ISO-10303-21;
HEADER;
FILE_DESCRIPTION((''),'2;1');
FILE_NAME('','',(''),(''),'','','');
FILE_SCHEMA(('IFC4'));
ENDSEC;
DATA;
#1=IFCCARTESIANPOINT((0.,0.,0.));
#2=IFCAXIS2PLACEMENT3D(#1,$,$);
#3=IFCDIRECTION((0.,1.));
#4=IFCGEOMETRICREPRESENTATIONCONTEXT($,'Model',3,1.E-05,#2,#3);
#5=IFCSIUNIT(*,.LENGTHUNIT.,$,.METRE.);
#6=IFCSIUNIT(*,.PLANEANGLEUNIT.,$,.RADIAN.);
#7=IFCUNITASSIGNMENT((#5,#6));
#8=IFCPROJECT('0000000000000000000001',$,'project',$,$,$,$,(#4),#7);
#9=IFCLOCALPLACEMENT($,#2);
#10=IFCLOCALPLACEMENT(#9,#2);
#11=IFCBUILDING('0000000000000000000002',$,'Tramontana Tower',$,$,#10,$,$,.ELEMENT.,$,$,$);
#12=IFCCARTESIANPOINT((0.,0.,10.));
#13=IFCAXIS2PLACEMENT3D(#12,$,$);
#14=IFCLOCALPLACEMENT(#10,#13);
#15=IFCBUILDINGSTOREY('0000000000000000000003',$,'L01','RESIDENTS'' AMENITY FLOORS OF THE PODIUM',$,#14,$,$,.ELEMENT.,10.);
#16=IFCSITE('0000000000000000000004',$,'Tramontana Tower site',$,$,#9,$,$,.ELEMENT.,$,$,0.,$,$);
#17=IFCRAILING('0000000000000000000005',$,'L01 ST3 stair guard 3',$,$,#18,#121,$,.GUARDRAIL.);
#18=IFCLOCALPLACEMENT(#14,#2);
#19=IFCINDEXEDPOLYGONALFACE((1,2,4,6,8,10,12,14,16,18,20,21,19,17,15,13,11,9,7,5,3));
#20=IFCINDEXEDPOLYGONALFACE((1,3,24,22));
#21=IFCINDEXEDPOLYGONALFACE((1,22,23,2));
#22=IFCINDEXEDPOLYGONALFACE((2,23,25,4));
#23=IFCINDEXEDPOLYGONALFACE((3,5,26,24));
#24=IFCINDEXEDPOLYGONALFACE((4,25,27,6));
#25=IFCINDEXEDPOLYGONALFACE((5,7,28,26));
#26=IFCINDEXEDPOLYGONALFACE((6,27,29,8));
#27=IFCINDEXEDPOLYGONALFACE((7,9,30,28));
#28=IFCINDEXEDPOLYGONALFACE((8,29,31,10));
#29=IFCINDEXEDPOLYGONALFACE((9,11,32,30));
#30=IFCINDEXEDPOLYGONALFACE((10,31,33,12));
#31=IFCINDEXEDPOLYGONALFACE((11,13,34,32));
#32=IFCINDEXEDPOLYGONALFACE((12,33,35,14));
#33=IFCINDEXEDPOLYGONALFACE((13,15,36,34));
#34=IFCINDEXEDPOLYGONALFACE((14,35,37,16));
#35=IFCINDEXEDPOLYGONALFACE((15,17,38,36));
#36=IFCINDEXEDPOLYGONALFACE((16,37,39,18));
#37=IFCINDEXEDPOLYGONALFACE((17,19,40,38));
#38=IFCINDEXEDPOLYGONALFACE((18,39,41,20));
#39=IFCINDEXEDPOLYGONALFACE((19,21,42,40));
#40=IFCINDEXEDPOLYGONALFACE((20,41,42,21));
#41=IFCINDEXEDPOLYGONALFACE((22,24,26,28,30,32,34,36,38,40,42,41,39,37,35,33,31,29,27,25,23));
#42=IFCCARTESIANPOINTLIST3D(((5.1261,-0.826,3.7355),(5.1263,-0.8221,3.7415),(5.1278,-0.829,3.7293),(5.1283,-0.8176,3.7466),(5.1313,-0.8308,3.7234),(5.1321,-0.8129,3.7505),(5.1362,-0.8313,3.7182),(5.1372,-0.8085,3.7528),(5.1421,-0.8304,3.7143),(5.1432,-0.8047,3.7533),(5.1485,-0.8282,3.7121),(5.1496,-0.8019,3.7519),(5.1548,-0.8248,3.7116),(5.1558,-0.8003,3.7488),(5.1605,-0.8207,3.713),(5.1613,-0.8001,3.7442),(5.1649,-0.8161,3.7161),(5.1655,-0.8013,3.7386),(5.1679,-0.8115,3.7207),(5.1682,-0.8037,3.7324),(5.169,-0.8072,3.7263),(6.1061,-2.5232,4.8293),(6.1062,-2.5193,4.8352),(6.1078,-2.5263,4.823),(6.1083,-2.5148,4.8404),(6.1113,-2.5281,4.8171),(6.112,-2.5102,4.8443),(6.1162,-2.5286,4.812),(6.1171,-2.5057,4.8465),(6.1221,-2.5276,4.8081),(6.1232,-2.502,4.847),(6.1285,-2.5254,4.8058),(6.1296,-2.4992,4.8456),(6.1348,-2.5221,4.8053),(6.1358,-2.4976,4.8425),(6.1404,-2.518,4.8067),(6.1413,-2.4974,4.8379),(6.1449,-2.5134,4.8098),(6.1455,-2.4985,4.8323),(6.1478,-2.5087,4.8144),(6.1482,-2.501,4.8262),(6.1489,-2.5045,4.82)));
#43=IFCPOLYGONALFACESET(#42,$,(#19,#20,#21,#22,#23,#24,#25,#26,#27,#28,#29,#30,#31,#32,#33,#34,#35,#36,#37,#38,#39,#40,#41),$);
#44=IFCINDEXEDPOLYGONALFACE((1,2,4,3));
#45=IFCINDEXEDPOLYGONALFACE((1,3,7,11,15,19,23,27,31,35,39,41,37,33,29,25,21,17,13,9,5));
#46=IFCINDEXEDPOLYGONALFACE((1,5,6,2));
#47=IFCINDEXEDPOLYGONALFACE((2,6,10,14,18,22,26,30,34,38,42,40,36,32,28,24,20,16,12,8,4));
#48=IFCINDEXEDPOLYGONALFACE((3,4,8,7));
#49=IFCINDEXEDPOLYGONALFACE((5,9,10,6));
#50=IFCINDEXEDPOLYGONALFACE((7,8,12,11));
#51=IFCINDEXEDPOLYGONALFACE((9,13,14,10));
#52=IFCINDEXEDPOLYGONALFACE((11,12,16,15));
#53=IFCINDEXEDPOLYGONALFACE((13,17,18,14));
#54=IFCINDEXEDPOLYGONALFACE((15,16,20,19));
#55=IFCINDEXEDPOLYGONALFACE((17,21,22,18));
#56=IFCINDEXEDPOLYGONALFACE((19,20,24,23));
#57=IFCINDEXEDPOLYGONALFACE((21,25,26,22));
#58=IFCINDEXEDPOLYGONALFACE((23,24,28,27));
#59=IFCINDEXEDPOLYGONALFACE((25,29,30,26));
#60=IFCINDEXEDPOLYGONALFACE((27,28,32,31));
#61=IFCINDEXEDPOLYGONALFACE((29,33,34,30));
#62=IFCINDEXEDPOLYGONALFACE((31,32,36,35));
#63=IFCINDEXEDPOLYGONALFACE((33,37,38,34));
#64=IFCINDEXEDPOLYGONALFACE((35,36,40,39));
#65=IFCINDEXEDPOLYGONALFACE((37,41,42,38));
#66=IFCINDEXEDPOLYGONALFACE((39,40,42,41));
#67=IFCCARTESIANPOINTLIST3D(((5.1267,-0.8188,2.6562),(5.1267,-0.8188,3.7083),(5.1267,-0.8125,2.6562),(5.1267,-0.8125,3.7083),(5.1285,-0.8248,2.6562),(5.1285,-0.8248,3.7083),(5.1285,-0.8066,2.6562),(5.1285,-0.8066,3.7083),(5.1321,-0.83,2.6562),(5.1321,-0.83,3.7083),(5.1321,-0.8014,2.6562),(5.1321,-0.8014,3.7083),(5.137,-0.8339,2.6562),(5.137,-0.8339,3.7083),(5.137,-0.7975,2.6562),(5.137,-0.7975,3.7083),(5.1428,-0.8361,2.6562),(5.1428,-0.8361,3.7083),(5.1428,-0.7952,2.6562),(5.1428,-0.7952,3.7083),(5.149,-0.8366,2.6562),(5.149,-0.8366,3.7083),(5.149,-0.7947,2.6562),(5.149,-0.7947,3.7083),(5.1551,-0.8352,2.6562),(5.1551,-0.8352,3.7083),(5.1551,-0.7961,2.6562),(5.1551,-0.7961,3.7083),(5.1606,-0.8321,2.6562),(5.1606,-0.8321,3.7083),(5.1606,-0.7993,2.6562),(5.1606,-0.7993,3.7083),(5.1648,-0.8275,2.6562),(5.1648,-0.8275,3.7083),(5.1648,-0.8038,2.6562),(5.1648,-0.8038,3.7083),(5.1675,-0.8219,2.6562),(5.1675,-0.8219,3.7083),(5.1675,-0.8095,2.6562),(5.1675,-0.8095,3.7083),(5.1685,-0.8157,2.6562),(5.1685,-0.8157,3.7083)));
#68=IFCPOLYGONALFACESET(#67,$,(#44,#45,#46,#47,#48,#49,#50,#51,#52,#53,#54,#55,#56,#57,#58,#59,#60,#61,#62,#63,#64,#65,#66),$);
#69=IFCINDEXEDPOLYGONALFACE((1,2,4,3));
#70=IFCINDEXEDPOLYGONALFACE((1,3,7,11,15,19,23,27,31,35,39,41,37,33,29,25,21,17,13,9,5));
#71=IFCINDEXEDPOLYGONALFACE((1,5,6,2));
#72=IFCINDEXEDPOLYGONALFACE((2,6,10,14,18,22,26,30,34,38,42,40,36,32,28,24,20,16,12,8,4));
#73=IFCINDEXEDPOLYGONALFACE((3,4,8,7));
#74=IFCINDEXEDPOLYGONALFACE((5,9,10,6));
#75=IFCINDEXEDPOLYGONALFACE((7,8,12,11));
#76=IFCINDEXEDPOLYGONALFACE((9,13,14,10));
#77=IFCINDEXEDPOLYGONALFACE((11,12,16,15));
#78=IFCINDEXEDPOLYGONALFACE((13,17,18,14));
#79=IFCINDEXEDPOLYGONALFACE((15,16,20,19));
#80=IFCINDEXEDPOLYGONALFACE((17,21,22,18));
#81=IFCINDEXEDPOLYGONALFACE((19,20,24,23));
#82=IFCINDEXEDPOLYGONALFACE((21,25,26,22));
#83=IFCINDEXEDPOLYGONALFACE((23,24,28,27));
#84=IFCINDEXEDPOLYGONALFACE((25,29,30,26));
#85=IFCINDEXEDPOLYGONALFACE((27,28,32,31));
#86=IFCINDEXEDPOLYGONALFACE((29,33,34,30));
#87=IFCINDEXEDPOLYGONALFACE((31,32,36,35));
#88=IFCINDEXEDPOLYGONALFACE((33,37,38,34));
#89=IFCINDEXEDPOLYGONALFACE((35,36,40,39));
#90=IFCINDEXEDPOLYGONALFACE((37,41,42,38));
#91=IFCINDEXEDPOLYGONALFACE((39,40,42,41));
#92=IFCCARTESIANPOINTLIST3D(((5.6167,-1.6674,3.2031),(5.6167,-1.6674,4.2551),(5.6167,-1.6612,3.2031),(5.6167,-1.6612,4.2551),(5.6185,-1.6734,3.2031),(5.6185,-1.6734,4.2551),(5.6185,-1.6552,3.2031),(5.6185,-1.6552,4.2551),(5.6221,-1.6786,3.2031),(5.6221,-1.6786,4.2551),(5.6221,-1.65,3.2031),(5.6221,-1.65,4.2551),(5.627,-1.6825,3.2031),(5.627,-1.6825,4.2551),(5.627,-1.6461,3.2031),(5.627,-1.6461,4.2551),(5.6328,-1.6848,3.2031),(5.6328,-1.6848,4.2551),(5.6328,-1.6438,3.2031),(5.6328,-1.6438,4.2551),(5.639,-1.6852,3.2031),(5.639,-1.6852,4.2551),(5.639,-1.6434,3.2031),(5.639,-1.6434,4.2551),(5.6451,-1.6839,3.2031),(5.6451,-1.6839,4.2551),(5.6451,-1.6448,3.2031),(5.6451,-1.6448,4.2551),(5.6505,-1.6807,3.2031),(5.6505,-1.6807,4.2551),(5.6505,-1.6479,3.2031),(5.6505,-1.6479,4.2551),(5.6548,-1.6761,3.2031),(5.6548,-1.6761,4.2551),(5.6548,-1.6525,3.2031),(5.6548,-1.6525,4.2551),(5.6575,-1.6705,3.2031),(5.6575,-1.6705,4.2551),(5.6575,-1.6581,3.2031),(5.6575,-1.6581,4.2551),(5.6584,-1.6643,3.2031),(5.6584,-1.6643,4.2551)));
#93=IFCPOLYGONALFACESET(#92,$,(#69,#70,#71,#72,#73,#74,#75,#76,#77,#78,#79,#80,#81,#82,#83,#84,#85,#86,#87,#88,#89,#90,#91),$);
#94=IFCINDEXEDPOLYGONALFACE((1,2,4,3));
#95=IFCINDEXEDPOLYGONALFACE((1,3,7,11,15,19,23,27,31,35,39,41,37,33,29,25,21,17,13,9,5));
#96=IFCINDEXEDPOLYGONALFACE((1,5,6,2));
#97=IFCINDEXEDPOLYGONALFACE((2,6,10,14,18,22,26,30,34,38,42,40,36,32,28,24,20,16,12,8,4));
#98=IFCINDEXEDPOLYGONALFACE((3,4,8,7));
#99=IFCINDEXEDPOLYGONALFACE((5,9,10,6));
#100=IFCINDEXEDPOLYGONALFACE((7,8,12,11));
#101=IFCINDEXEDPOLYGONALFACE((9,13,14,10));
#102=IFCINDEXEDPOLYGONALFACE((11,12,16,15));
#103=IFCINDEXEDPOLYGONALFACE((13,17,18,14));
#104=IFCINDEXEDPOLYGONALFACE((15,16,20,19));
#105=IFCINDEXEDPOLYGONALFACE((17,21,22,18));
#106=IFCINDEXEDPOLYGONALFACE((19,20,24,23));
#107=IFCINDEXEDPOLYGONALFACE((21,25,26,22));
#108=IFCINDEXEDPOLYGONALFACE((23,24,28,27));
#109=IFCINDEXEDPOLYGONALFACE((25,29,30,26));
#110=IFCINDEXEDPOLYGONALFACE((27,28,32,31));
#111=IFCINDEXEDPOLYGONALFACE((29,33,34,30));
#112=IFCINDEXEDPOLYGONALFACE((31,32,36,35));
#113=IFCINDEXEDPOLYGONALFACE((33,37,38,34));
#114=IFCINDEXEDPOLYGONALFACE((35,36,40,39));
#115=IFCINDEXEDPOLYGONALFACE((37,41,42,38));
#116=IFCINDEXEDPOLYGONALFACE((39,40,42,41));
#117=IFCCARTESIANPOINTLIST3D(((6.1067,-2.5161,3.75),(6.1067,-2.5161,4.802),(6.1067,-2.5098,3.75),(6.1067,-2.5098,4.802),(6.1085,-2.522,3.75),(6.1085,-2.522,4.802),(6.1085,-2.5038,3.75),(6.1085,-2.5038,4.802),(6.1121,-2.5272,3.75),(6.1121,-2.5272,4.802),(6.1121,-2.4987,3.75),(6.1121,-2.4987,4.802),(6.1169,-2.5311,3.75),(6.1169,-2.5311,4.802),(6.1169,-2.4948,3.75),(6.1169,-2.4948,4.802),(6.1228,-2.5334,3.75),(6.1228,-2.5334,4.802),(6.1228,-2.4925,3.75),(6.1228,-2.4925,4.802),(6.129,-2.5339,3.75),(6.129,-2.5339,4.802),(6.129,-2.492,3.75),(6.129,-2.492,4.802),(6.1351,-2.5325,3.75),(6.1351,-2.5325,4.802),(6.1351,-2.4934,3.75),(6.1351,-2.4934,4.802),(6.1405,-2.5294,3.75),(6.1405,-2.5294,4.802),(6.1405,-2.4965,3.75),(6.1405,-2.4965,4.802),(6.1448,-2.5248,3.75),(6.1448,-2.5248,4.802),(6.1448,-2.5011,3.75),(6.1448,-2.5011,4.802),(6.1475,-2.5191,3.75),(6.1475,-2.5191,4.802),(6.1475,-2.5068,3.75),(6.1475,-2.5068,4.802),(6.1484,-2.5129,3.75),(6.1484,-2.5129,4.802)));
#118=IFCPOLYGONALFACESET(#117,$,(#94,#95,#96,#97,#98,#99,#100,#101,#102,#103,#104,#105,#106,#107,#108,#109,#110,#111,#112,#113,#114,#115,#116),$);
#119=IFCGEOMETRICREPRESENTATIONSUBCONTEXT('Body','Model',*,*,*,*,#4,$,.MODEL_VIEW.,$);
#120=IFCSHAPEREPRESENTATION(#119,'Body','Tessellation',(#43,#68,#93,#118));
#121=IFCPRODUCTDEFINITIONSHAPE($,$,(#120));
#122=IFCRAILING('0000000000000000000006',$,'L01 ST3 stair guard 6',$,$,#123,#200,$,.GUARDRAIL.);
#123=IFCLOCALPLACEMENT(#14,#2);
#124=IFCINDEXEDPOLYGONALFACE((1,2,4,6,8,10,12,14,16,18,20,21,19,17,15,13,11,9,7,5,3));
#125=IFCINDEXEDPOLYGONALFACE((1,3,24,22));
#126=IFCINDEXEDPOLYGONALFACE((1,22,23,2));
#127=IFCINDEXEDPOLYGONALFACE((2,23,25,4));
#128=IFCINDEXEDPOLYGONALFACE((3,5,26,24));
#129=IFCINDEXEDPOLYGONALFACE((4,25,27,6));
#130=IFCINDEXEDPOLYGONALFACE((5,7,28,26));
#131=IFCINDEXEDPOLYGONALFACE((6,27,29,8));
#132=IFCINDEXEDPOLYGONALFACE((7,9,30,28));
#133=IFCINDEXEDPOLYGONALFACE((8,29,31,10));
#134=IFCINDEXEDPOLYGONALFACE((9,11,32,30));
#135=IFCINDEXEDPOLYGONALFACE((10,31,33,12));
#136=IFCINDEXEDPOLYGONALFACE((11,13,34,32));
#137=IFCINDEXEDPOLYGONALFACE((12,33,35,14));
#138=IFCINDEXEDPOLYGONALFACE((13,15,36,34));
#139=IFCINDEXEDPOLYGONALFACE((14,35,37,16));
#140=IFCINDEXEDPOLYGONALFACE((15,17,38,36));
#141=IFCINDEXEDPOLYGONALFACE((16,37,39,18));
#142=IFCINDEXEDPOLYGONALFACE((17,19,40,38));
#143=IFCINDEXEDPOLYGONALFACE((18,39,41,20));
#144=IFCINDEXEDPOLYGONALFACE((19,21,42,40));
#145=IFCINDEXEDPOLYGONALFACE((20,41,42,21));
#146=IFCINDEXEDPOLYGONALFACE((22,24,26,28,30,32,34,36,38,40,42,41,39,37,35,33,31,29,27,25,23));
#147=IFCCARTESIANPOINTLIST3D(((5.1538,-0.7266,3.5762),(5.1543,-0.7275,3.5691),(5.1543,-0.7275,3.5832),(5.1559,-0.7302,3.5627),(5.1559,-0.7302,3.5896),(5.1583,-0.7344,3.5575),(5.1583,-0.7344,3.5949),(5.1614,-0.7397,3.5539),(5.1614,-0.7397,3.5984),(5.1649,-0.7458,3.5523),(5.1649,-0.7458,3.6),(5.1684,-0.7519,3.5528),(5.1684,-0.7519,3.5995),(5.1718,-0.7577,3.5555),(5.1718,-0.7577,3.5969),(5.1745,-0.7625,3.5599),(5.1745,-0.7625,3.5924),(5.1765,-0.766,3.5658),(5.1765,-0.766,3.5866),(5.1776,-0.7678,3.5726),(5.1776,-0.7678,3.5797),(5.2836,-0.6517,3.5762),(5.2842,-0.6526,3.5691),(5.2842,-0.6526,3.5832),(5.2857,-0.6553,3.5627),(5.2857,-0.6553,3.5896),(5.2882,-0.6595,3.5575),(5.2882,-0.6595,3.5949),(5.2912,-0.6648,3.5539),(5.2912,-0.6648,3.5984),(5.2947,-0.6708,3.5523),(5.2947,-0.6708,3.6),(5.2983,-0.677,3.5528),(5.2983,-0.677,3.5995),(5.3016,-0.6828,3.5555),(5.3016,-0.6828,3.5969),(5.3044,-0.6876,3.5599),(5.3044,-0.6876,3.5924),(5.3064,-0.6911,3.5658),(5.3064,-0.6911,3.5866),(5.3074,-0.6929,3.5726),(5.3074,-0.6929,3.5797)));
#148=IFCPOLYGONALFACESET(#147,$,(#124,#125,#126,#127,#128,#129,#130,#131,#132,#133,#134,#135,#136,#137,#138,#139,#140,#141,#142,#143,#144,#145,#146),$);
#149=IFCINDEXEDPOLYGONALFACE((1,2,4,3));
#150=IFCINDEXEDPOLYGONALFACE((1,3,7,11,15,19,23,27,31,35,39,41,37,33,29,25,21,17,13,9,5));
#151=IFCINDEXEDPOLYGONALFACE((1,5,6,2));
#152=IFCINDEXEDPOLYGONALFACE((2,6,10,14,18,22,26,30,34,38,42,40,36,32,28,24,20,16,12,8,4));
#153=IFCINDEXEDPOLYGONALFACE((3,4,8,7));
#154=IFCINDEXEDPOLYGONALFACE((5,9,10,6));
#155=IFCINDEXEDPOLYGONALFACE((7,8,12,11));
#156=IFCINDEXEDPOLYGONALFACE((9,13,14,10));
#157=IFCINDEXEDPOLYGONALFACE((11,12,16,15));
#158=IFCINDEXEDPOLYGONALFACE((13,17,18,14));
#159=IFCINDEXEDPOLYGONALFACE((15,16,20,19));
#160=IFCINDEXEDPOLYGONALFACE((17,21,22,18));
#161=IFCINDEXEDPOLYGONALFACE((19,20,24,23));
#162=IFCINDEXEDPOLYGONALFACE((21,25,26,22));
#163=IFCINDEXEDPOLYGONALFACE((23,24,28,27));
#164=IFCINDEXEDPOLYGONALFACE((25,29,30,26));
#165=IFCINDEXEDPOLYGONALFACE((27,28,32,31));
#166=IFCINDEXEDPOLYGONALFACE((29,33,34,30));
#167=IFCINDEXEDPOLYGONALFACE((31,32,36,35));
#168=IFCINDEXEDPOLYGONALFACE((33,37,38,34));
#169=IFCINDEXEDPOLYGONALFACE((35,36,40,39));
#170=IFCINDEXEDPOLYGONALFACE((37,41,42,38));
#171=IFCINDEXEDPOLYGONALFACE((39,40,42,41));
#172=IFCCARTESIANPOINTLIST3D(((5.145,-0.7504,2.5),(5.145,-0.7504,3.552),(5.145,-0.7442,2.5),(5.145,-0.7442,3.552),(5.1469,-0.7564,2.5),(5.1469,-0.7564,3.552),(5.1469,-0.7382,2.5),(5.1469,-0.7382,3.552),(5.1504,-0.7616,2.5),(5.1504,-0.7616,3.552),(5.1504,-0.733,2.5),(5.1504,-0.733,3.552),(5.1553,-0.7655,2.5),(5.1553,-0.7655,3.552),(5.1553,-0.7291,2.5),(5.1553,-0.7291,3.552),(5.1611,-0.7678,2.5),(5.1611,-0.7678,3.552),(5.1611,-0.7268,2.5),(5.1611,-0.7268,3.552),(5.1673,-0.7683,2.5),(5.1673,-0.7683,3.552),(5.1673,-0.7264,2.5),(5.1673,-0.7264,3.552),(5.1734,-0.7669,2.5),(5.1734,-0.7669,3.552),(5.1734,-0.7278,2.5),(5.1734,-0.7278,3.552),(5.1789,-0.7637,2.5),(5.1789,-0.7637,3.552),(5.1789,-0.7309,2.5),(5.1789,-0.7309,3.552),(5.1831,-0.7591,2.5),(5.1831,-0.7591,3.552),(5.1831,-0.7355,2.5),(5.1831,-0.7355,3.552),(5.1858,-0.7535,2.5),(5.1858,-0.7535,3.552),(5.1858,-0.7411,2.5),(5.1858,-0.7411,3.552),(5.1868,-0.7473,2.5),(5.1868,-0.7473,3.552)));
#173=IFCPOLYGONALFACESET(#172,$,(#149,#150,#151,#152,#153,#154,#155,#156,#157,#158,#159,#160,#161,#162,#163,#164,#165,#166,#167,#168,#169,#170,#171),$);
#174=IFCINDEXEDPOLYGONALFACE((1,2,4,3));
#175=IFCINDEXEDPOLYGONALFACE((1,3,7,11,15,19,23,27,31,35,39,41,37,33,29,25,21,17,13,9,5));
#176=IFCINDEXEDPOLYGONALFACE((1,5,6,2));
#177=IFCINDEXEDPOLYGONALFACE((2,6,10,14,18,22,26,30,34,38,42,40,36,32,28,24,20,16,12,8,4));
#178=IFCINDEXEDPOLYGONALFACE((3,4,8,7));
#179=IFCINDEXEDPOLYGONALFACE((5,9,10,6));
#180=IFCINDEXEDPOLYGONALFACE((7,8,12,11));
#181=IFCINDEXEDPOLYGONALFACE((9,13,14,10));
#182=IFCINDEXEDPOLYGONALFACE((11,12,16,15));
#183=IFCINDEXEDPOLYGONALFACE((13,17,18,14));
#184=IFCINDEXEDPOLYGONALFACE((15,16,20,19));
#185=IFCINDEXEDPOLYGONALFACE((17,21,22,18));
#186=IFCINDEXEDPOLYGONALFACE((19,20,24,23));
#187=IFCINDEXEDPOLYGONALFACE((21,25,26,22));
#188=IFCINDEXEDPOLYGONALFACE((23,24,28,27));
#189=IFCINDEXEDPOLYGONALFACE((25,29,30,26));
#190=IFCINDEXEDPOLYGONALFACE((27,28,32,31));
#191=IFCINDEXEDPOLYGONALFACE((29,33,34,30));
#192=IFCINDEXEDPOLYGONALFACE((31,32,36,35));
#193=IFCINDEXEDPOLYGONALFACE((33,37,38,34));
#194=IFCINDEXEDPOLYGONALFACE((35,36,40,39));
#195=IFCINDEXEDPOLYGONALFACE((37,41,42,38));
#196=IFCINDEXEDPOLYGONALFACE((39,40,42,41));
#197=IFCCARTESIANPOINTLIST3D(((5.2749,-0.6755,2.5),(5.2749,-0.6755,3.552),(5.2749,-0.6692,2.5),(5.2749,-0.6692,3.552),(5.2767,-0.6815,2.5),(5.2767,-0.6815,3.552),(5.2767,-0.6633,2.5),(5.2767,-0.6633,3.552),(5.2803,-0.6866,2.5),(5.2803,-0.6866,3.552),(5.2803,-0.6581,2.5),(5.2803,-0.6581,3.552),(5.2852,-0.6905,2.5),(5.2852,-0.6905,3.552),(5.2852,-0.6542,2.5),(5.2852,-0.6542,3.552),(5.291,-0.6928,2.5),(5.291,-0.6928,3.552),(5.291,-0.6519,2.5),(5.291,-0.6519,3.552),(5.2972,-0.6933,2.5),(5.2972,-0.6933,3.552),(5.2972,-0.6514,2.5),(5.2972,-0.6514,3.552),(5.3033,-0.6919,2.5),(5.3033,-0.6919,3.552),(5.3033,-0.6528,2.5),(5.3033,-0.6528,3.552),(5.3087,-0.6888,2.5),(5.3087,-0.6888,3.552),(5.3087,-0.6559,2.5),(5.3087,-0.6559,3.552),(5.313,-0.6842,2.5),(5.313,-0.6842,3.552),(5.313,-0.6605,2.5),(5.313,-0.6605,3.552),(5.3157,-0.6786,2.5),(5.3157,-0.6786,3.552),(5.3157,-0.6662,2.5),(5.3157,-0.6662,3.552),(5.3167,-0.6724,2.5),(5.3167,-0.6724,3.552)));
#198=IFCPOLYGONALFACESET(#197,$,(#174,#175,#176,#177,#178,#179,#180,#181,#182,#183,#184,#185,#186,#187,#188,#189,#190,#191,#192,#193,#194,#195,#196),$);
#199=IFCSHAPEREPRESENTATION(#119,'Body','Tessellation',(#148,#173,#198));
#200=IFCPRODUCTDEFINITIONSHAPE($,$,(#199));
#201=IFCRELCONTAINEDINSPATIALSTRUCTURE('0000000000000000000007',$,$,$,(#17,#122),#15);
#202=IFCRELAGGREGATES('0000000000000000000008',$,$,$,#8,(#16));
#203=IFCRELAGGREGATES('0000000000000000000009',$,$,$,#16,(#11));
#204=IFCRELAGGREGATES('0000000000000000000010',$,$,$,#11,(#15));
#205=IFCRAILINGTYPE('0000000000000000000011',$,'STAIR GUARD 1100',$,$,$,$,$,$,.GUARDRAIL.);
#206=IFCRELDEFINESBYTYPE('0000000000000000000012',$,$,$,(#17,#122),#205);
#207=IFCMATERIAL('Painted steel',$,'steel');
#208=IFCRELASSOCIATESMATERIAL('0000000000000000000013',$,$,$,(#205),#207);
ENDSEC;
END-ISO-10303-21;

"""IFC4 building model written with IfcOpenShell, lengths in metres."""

from ifc_helpers import new_model, si_unit, direction, frame, origin, origin_2d, place, context, subcontext, project, spatial, circle, extrude, material, type_object, element, save


model = new_model("IFC4")

# Units and contexts
model_context = context("Model", 3, precision=1e-05, world=origin(), true_north=direction((0.0, 1.0)))
body_context = subcontext(model_context, "Body", "Model", "MODEL_VIEW")
ifc_project = project(units=[si_unit("LENGTHUNIT", "METRE"), si_unit("PLANEANGLEUNIT", "RADIAN")], contexts=[model_context])

# Site, building, storey
site_placement = place(None, origin())
site = spatial("IfcSite", under=ifc_project, at=site_placement, Name="Tramontana Tower site", CompositionType="ELEMENT", RefElevation=0.0)
building_placement = place(site_placement, origin())
building = spatial("IfcBuilding", under=site, at=building_placement, Name="Tramontana Tower", CompositionType="ELEMENT")
storey_placement = place(building_placement, frame((0.0, 0.0, 10.0)))
storey = spatial("IfcBuildingStorey", under=building, at=storey_placement, Name="L01", Description="RESIDENTS' AMENITY FLOORS OF THE PODIUM", CompositionType="ELEMENT", Elevation=10.0)

# Railings
ifc_material_1 = material(Name="Painted steel", Category="steel")
railing_type = type_object("IfcRailingType", Name="STAIR GUARD 1100", PredefinedType="GUARDRAIL", material=ifc_material_1)
for number, where, name in (
    (1, (5.1475, -0.8157, 2.6562), "L01 ST3 stair guard 3"),
):
    element("IfcRailing", number, at=place(storey_placement, frame(where)), inside=storey, type_object=railing_type, Name=name, PredefinedType="GUARDRAIL", context=body_context, shape_type="SweptSolid", body=[
        extrude(circle(Radius=0.0239, at=origin_2d()), frame((0.0, 0.0, 1.0762), z_axis=(0.436632, -0.75622, 0.487323), x_axis=(0.866011, 0.500024, 0.0)), (0.0, 0.0, 1.0), 2.2444),
        extrude(circle(Radius=0.021, at=origin_2d()), origin(), (0.0, 0.0, 1.0), 1.052),
        extrude(circle(Radius=0.021, at=origin_2d()), frame((0.49, -0.8486, 0.5469)), (0.0, 0.0, 1.0), 1.052),
        extrude(circle(Radius=0.021, at=origin_2d()), frame((0.98, -1.6973, 1.0938)), (0.0, 0.0, 1.0), 1.052),
    ])
for number, where, name in (
    (2, (5.1658, -0.7473, 2.5), "L01 ST3 stair guard 6"),
):
    element("IfcRailing", number, at=place(storey_placement, frame(where)), inside=storey, type_object=railing_type, Name=name, PredefinedType="GUARDRAIL", context=body_context, shape_type="SweptSolid", body=[
        extrude(circle(Radius=0.0239, at=origin_2d()), frame((0.0, 0.0, 1.0762), z_axis=(0.866131, 0.499816, 0.0), x_axis=(-0.499816, 0.866131, 0.0)), (0.0, 0.0, 1.0), 0.1499),
        extrude(circle(Radius=0.021, at=origin_2d()), origin(), (0.0, 0.0, 1.0), 1.052),
        extrude(circle(Radius=0.021, at=origin_2d()), frame((0.1299, 0.075, 0.0)), (0.0, 0.0, 1.0), 1.052),
    ])

save(model, "model.ifc")
